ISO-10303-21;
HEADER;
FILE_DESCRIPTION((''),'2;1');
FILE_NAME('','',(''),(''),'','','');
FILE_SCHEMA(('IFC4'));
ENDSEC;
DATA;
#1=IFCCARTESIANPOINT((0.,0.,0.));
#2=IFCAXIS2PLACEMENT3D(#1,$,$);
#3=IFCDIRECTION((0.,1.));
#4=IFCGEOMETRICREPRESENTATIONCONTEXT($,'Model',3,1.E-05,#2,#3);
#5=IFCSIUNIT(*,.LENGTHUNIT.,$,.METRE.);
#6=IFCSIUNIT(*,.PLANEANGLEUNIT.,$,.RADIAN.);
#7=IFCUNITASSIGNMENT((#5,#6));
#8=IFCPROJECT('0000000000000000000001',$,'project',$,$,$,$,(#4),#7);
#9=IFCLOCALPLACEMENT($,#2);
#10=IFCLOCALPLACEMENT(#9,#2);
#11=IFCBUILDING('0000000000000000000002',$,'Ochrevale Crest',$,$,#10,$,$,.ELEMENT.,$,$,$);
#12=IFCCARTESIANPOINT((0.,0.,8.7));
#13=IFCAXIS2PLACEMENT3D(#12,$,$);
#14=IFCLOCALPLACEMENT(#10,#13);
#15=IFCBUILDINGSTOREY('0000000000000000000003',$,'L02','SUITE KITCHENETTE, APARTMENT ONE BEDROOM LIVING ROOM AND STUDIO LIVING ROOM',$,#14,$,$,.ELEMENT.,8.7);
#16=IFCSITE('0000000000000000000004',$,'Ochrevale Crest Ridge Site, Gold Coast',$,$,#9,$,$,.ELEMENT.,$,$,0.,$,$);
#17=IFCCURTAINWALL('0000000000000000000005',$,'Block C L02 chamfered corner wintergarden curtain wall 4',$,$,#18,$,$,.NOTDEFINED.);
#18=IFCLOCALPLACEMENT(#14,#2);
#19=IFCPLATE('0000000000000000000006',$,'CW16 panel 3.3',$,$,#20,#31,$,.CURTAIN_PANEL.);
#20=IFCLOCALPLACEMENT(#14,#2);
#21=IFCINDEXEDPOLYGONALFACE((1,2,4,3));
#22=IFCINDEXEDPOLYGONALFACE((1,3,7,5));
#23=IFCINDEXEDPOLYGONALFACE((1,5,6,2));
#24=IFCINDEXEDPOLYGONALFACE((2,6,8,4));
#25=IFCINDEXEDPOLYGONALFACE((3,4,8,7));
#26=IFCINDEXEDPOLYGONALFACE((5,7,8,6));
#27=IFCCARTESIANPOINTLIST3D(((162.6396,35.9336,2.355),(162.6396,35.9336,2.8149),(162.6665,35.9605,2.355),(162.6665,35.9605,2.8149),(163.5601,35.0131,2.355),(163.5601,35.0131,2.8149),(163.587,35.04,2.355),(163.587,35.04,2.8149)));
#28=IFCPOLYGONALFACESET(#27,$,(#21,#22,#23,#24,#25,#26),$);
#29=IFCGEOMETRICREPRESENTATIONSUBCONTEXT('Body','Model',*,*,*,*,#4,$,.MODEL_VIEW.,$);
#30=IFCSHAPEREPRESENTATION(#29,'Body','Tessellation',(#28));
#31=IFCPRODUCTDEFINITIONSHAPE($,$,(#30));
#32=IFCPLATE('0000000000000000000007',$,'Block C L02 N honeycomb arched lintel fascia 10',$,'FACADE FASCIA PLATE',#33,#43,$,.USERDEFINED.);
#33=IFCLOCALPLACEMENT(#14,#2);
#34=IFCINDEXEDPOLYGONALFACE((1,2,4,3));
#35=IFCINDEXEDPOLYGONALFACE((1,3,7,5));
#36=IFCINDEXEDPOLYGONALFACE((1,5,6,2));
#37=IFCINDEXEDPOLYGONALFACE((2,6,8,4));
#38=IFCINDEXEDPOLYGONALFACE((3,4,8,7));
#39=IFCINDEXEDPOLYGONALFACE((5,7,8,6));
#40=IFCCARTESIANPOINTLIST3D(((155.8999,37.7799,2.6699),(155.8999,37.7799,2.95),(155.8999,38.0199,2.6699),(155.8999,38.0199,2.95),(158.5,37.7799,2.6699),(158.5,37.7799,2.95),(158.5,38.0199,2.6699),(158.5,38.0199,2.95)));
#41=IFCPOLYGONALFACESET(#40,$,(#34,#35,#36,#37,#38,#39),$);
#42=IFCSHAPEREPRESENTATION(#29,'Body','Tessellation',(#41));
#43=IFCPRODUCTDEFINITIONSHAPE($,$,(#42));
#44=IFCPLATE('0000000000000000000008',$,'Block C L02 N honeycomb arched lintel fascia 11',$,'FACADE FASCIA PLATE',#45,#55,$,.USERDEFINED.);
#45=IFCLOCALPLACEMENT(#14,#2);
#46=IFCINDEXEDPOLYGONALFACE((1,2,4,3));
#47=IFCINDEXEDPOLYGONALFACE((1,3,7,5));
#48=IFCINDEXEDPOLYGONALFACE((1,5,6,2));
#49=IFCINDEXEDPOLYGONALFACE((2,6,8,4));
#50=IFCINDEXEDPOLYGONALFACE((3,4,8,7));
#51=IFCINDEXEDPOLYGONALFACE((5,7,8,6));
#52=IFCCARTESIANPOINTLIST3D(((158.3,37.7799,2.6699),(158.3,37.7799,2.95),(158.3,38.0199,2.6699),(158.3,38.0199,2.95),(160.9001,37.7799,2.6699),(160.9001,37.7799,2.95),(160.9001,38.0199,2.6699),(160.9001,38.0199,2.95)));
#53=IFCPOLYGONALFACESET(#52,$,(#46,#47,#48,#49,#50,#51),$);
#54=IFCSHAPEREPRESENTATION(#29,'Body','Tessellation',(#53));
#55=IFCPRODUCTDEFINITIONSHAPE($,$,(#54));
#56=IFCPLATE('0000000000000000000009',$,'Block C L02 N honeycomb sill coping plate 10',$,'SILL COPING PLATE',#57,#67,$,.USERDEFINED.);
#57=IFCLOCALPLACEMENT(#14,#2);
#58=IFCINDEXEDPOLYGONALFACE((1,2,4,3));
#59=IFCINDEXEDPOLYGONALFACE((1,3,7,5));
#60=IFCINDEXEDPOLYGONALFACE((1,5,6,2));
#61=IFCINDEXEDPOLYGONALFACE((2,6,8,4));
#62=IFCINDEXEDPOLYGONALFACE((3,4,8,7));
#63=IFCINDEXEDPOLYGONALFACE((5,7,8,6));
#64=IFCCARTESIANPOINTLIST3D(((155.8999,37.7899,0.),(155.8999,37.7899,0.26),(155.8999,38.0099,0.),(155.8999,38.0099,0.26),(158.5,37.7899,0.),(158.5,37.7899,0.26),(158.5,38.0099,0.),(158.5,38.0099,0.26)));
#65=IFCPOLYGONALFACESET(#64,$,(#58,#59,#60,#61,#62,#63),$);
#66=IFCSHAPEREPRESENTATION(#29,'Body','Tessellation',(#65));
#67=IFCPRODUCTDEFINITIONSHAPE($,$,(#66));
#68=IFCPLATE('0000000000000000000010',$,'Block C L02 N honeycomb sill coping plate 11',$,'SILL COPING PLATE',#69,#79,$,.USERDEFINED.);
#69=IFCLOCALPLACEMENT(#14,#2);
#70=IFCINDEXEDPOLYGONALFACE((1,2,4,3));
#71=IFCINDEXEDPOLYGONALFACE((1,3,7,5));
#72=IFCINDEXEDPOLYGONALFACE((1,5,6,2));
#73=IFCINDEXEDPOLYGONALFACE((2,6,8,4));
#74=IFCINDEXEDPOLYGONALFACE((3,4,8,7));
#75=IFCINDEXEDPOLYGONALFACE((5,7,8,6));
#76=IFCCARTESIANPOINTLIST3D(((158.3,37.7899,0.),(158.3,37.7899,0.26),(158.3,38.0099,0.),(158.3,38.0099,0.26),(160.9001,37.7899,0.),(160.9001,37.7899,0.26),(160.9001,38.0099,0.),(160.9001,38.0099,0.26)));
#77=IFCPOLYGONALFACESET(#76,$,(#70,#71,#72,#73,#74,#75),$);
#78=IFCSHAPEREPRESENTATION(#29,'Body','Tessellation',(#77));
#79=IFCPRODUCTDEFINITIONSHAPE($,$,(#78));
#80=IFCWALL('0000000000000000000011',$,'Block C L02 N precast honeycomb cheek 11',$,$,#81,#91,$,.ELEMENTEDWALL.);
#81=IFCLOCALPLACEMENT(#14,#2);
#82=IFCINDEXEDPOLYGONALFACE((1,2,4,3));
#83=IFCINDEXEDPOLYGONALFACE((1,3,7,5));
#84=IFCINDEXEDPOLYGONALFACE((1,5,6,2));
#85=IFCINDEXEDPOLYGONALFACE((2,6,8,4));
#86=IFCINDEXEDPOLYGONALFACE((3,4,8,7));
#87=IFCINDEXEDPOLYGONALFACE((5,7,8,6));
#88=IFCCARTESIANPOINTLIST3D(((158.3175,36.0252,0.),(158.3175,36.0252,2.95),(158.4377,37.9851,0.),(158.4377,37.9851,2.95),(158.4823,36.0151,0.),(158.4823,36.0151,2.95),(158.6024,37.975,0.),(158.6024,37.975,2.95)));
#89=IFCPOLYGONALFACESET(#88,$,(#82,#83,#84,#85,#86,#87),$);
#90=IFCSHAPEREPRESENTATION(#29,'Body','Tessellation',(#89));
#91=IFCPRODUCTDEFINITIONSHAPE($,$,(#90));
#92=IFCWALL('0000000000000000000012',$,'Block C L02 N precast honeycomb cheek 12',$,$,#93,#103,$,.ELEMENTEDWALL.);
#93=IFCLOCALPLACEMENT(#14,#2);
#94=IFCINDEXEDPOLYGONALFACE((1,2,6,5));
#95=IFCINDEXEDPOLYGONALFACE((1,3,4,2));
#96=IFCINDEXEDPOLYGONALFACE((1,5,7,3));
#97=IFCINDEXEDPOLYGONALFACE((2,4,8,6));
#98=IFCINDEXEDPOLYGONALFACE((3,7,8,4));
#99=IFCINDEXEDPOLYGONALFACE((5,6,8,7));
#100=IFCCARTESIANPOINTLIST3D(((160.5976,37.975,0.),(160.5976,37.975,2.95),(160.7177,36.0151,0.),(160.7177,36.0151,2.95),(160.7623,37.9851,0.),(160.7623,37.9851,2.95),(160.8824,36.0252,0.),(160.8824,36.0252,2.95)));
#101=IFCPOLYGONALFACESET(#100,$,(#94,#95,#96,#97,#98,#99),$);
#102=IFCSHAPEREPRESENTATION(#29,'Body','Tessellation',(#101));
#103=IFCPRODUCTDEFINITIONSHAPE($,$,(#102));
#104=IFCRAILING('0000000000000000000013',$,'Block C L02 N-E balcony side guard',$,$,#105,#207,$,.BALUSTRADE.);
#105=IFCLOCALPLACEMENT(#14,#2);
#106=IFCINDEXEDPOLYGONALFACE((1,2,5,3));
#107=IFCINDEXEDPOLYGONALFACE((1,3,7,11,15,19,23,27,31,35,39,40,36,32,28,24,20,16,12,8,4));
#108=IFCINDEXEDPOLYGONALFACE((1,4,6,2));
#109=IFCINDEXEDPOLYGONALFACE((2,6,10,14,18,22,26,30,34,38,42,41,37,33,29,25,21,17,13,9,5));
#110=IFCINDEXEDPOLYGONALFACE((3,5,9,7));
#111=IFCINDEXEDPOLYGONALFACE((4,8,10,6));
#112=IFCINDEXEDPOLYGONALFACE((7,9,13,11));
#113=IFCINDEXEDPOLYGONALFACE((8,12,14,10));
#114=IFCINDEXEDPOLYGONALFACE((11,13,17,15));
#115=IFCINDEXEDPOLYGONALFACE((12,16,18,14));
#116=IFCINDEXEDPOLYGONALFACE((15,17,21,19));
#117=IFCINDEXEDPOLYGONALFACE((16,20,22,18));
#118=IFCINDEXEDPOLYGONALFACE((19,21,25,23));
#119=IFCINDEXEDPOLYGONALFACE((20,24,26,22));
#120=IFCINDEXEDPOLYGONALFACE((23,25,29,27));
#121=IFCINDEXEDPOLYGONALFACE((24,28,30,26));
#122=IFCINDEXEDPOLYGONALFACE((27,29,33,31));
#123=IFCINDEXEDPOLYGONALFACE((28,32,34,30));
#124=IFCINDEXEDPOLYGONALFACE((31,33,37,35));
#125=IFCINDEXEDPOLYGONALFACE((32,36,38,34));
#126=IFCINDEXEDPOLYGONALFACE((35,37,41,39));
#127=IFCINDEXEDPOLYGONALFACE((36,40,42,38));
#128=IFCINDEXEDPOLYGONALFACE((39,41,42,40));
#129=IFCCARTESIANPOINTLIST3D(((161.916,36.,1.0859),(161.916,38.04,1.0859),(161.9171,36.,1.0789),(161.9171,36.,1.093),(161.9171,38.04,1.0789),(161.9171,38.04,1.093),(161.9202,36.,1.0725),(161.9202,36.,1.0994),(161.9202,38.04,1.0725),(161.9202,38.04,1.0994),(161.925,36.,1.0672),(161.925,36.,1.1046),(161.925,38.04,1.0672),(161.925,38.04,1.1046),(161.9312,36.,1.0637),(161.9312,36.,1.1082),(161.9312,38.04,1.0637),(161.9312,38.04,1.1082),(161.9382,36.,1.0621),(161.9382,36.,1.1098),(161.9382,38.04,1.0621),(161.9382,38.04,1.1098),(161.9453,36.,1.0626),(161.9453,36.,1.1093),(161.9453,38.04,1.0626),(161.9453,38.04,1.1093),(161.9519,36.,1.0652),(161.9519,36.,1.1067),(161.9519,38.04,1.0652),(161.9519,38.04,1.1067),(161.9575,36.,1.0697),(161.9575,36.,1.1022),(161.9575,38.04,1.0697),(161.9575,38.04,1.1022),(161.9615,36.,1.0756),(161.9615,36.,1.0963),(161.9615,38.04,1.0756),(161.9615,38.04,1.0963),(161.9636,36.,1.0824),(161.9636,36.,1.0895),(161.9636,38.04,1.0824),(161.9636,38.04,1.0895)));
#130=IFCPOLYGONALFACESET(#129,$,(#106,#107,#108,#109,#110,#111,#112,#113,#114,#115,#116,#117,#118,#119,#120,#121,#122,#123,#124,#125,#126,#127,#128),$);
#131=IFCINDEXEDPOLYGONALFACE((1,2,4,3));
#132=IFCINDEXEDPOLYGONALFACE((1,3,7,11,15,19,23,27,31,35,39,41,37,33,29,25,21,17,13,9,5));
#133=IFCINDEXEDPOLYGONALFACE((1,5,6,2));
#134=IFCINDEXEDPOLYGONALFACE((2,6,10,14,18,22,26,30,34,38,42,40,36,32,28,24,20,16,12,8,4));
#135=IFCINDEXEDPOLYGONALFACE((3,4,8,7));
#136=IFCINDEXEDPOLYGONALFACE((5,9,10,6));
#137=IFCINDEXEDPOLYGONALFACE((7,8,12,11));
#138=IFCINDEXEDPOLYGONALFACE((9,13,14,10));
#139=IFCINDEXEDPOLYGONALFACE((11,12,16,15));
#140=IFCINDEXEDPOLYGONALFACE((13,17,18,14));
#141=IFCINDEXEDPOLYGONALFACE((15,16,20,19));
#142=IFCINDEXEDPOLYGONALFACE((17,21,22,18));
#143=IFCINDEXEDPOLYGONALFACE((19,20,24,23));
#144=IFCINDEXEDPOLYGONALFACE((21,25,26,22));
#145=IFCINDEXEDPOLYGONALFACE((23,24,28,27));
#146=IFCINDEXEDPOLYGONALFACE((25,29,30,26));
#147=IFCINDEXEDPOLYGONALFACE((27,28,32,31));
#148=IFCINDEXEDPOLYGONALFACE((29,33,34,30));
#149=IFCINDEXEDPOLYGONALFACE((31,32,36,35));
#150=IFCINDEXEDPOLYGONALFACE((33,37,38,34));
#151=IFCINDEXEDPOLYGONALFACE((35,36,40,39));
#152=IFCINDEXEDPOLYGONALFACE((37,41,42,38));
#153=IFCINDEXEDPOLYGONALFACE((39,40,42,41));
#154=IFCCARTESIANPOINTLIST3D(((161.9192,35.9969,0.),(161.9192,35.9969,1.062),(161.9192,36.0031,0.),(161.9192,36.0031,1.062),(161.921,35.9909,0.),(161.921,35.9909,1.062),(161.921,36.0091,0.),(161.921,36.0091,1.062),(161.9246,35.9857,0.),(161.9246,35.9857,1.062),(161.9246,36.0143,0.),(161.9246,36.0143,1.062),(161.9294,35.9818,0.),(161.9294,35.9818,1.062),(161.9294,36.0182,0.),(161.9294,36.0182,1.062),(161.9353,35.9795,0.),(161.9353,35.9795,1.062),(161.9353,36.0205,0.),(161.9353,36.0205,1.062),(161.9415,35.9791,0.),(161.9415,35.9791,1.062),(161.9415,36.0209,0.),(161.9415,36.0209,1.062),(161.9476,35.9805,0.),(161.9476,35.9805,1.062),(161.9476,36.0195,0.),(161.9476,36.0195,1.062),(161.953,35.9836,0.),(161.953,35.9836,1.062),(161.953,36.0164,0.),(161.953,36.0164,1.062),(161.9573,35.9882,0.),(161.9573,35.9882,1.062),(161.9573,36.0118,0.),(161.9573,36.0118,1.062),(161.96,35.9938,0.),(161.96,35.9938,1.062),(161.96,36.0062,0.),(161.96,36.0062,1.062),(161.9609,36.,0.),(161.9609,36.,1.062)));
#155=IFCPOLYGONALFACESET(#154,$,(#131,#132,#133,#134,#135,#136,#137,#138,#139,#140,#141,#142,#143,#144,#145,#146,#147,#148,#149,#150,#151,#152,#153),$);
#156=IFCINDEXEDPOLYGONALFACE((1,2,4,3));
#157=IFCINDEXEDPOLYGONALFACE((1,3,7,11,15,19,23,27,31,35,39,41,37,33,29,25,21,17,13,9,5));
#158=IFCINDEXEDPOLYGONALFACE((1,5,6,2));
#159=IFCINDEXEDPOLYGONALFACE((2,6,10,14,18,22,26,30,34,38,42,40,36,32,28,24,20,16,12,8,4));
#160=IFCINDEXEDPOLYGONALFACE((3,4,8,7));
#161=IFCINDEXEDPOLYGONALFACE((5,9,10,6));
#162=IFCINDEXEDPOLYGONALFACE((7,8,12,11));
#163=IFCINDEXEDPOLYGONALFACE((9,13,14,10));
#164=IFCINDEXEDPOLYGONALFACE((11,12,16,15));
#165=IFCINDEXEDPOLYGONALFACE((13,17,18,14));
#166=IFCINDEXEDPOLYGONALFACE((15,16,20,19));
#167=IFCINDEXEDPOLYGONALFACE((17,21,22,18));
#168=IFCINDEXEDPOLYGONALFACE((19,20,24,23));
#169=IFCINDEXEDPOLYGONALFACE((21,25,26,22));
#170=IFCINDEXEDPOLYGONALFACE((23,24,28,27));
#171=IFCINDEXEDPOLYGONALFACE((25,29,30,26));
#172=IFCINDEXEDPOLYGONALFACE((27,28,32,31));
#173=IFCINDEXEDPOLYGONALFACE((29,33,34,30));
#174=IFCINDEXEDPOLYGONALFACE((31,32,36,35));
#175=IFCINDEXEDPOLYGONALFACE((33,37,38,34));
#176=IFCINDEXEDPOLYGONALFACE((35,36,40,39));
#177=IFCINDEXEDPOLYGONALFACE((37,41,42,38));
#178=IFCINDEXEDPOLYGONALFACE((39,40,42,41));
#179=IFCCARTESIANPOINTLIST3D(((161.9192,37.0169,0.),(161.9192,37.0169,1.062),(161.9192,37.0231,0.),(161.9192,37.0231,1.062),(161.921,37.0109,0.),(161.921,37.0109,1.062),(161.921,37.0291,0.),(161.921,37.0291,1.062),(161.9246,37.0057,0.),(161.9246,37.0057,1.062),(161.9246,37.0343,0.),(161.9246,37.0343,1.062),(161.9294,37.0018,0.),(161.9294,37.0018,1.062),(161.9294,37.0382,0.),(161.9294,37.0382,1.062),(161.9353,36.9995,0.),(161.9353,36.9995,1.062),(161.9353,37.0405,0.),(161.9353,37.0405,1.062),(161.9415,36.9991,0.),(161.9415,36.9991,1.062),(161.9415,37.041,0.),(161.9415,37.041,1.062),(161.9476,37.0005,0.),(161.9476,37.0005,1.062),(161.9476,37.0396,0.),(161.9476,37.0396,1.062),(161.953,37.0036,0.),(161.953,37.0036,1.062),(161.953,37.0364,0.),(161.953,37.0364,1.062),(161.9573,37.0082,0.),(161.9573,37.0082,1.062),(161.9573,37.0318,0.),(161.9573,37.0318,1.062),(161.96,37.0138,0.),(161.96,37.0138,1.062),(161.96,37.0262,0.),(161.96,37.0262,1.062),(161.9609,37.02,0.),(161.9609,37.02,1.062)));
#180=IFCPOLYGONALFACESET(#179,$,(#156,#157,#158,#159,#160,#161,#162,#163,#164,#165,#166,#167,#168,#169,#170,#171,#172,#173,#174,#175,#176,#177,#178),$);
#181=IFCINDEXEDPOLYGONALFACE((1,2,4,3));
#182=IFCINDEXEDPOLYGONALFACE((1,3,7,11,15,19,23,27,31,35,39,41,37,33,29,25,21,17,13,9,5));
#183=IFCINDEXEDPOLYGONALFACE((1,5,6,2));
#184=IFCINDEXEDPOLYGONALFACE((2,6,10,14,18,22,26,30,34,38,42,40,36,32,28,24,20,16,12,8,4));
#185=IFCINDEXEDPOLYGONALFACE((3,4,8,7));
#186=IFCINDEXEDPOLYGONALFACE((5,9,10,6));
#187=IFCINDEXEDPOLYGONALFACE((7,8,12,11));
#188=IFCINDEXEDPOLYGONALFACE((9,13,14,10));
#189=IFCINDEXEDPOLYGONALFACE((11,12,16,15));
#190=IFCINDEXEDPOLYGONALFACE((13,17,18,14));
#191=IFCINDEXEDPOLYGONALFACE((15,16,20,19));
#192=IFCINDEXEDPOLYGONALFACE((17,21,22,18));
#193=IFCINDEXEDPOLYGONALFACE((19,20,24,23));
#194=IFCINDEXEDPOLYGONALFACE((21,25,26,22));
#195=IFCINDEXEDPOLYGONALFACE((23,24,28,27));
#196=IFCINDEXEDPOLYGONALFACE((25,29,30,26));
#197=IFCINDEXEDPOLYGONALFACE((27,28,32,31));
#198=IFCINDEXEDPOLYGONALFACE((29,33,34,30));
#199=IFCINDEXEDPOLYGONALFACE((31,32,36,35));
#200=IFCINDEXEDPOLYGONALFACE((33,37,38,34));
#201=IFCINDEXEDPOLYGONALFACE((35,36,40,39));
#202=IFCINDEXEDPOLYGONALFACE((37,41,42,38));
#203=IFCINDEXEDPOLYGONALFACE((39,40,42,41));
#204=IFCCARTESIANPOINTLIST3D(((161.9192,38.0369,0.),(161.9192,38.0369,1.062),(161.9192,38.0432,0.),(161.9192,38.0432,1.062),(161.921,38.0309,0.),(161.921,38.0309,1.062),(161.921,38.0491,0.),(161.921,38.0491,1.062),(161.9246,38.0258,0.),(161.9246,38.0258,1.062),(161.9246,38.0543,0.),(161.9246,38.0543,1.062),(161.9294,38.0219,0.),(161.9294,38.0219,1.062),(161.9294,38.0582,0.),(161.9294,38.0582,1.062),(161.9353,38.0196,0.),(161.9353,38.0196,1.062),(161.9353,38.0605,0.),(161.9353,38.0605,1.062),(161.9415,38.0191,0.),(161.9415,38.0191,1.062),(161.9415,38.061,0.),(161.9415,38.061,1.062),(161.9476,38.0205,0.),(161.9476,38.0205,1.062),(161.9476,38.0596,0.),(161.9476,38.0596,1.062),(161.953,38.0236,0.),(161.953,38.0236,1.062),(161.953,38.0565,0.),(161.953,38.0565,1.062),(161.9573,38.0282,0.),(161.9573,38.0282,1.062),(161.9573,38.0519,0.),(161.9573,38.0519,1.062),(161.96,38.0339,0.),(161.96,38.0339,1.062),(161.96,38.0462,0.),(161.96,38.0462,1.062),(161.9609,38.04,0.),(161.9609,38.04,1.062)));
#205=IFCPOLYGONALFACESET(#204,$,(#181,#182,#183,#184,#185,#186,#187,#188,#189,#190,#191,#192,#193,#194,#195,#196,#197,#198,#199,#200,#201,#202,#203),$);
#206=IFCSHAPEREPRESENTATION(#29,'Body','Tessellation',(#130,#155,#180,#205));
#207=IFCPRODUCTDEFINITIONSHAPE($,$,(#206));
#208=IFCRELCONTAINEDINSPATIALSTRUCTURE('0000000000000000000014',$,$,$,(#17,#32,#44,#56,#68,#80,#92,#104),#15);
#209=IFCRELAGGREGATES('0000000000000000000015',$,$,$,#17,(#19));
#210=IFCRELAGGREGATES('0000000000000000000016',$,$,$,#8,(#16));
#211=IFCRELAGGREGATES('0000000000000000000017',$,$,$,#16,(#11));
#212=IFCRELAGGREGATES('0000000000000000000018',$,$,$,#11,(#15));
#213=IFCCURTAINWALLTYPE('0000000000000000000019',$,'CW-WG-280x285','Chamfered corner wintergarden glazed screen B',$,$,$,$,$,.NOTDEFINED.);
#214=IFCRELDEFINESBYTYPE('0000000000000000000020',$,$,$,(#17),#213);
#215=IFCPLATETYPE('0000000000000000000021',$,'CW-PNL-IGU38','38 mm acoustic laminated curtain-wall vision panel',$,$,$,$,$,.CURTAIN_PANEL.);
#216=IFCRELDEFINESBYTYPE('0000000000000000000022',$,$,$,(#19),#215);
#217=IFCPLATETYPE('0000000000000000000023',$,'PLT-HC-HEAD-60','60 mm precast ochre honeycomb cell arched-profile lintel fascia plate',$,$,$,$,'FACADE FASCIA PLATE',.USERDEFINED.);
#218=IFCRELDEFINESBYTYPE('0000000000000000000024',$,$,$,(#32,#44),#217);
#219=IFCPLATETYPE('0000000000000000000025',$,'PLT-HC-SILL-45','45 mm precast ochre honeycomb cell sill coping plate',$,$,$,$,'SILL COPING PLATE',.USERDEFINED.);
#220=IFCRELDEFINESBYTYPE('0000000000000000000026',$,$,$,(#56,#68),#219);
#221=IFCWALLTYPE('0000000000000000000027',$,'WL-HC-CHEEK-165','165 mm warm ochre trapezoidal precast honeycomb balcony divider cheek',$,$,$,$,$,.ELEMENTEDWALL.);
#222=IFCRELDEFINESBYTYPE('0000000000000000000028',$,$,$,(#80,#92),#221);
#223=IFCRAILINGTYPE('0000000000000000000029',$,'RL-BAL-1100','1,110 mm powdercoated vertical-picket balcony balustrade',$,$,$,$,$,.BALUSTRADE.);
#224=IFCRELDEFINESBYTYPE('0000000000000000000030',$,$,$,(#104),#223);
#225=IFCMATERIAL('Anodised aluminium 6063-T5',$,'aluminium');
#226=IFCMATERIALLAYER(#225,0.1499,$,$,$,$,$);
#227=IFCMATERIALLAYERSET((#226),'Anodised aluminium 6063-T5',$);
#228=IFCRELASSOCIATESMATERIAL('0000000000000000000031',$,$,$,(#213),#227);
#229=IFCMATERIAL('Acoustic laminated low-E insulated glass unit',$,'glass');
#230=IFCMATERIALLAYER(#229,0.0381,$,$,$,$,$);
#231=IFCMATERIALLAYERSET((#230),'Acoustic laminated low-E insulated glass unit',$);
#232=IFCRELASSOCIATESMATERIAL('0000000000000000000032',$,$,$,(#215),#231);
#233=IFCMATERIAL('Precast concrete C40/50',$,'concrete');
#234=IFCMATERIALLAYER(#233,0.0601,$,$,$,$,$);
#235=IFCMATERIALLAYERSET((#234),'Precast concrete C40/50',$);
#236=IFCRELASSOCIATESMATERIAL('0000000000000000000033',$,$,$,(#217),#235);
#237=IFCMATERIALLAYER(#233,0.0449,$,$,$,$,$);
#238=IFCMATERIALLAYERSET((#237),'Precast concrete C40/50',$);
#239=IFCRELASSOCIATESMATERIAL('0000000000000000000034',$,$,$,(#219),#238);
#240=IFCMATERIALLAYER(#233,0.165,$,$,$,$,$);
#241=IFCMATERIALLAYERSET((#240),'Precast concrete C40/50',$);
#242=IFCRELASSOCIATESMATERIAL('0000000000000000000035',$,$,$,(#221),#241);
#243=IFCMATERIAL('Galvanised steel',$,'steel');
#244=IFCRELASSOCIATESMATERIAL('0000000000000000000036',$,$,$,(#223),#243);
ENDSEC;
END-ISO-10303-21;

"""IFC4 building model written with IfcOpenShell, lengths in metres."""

from ifc_helpers import new_model, si_unit, direction, frame, frame_2d, origin, origin_2d, place, context, subcontext, project, spatial, rectangle, circle, extrude, material, layer, layer_set, type_object, element, aggregate, save


model = new_model("IFC4")

# Units and contexts
model_context = context("Model", 3, precision=1e-05, world=origin(), true_north=direction((0.0, 1.0)))
body_context = subcontext(model_context, "Body", "Model", "MODEL_VIEW")
ifc_project = project(units=[si_unit("LENGTHUNIT", "METRE"), si_unit("PLANEANGLEUNIT", "RADIAN")], contexts=[model_context])

# Site, building, storey
site_placement = place(None, origin())
site = spatial("IfcSite", under=ifc_project, at=site_placement, Name="Ochrevale Crest Ridge Site, Gold Coast", CompositionType="ELEMENT", RefElevation=0.0)
building_placement = place(site_placement, origin())
building = spatial("IfcBuilding", under=site, at=building_placement, Name="Ochrevale Crest", CompositionType="ELEMENT")
storey_placement = place(building_placement, frame((0.0, 0.0, 8.7)))
storey = spatial("IfcBuildingStorey", under=building, at=storey_placement, Name="L02", Description="SUITE KITCHENETTE, APARTMENT ONE BEDROOM LIVING ROOM AND STUDIO LIVING ROOM", CompositionType="ELEMENT", Elevation=8.7)

# Curtain wall, plate
ifc_material_1 = material(Name="Anodised aluminium 6063-T5", Category="aluminium")
ifc_layer_1 = layer(ifc_material_1, 0.1499)
ifc_layer_set_1 = layer_set([ifc_layer_1], Name="Anodised aluminium 6063-T5")
curtain_wall_type = type_object("IfcCurtainWallType", Name="CW-WG-280x285", Description="Chamfered corner wintergarden glazed screen B", PredefinedType="NOTDEFINED", material=ifc_layer_set_1)
curtain_wall_placement = place(storey_placement, origin())
curtain_wall = element("IfcCurtainWall", 1, at=curtain_wall_placement, inside=storey, type_object=curtain_wall_type, Name="Block C L02 chamfered corner wintergarden curtain wall 4", PredefinedType="NOTDEFINED")
ifc_material_2 = material(Name="Acoustic laminated low-E insulated glass unit", Category="glass")
ifc_layer_2 = layer(ifc_material_2, 0.0381)
ifc_layer_set_2 = layer_set([ifc_layer_2], Name="Acoustic laminated low-E insulated glass unit")
plate_type_1 = type_object("IfcPlateType", Name="CW-PNL-IGU38", Description="38 mm acoustic laminated curtain-wall vision panel", PredefinedType="CURTAIN_PANEL", material=ifc_layer_set_2)
plate_1_placement = place(storey_placement, frame((163.1133, 35.4868, 2.355), z_axis=(0.0, 0.0, 1.0), x_axis=(-0.707107, 0.707107, 0.0)))
plate_1 = element("IfcPlate", 2, at=plate_1_placement, type_object=plate_type_1, Name="CW16 panel 3.3", PredefinedType="CURTAIN_PANEL", context=body_context, shape_type="SweptSolid", body=[
    extrude(rectangle(XDim=1.3018, YDim=0.0381, at=origin_2d()), origin(), (0.0, 0.0, 1.0), 0.46),
])
aggregate(curtain_wall, [plate_1])

# Plates
ifc_material_3 = material(Name="Precast concrete C40/50", Category="concrete")
ifc_layer_3 = layer(ifc_material_3, 0.0601)
ifc_layer_set_3 = layer_set([ifc_layer_3], Name="Precast concrete C40/50")
plate_type_2 = type_object("IfcPlateType", Name="PLT-HC-HEAD-60", Description="60 mm precast ochre honeycomb cell arched-profile lintel fascia plate", ElementType="FACADE FASCIA PLATE", PredefinedType="USERDEFINED", material=ifc_layer_set_3)
for number, where, z_axis, x_axis, name in (
    (3, (157.2, 37.8999, 2.6699), (0.0, 0.0, 1.0), (1.0, 0.0, 0.0), "Block C L02 N honeycomb arched lintel fascia 10"),
    (4, (159.6001, 37.8999, 2.6699), (0.0, 0.0, 1.0), (1.0, 0.0, 0.0), "Block C L02 N honeycomb arched lintel fascia 11"),
):
    element("IfcPlate", number, at=place(storey_placement, frame(where, z_axis=z_axis, x_axis=x_axis)), inside=storey, type_object=plate_type_2, Name=name, ObjectType="FACADE FASCIA PLATE", PredefinedType="USERDEFINED", context=body_context, shape_type="SweptSolid", body=[
        extrude(rectangle(XDim=2.6001, YDim=0.24, at=origin_2d()), origin(), (0.0, 0.0, 1.0), 0.28),
    ])
ifc_layer_4 = layer(ifc_material_3, 0.0449)
ifc_layer_set_4 = layer_set([ifc_layer_4], Name="Precast concrete C40/50")
plate_type_3 = type_object("IfcPlateType", Name="PLT-HC-SILL-45", Description="45 mm precast ochre honeycomb cell sill coping plate", ElementType="SILL COPING PLATE", PredefinedType="USERDEFINED", material=ifc_layer_set_4)
for number, where, z_axis, x_axis, name in (
    (5, (157.2, 37.8999, 0.0), (0.0, 0.0, 1.0), (1.0, 0.0, 0.0), "Block C L02 N honeycomb sill coping plate 10"),
    (6, (159.6001, 37.8999, 0.0), (0.0, 0.0, 1.0), (1.0, 0.0, 0.0), "Block C L02 N honeycomb sill coping plate 11"),
):
    element("IfcPlate", number, at=place(storey_placement, frame(where, z_axis=z_axis, x_axis=x_axis)), inside=storey, type_object=plate_type_3, Name=name, ObjectType="SILL COPING PLATE", PredefinedType="USERDEFINED", context=body_context, shape_type="SweptSolid", body=[
        extrude(rectangle(XDim=2.6001, YDim=0.22, at=origin_2d()), origin(), (0.0, 0.0, 1.0), 0.26),
    ])

# Walls
ifc_layer_5 = layer(ifc_material_3, 0.165)
ifc_layer_set_5 = layer_set([ifc_layer_5], Name="Precast concrete C40/50")
wall_type_1 = type_object("IfcWallType", Name="WL-HC-CHEEK-165", Description="165 mm warm ochre trapezoidal precast honeycomb balcony divider cheek", PredefinedType="ELEMENTEDWALL", material=ifc_layer_set_5)
for number, where, z_axis, x_axis, name in (
    (7, (158.3999, 36.02, 0.0), (0.0, 0.0, 1.0), (0.061171, 0.998127, 0.0), "Block C L02 N precast honeycomb cheek 11"),
    (8, (160.8, 36.02, 0.0), (0.0, 0.0, 1.0), (-0.061171, 0.998127, 0.0), "Block C L02 N precast honeycomb cheek 12"),
):
    element("IfcWall", number, at=place(storey_placement, frame(where, z_axis=z_axis, x_axis=x_axis)), inside=storey, type_object=wall_type_1, Name=name, PredefinedType="ELEMENTEDWALL", context=body_context, shape_type="SweptSolid", body=[
        extrude(rectangle(XDim=1.9636, YDim=0.165, at=frame_2d((0.9819, 0.0))), origin(), (0.0, 0.0, 1.0), 2.95),
    ])

# Railing
ifc_material_4 = material(Name="Galvanised steel", Category="steel")
railing_type = type_object("IfcRailingType", Name="RL-BAL-1100", Description="1,110 mm powdercoated vertical-picket balcony balustrade", PredefinedType="BALUSTRADE", material=ifc_material_4)
railing_placement = place(storey_placement, frame((161.9399, 36.0, 0.0)))
element("IfcRailing", 9, at=railing_placement, inside=storey, type_object=railing_type, Name="Block C L02 N-E balcony side guard", PredefinedType="BALUSTRADE", context=body_context, shape_type="SweptSolid", body=[
    extrude(circle(Radius=0.0239, at=origin_2d()), frame((0.0, 0.0, 1.0859), z_axis=(0.0, 1.0, 0.0), x_axis=(-1.0, 0.0, 0.0)), (0.0, 0.0, 1.0), 2.04),
    extrude(circle(Radius=0.021, at=origin_2d()), origin(), (0.0, 0.0, 1.0), 1.062),
    extrude(circle(Radius=0.021, at=origin_2d()), frame((0.0, 1.02, 0.0)), (0.0, 0.0, 1.0), 1.062),
    extrude(circle(Radius=0.021, at=origin_2d()), frame((0.0, 2.04, 0.0)), (0.0, 0.0, 1.0), 1.062),
])

save(model, "model.ifc")
